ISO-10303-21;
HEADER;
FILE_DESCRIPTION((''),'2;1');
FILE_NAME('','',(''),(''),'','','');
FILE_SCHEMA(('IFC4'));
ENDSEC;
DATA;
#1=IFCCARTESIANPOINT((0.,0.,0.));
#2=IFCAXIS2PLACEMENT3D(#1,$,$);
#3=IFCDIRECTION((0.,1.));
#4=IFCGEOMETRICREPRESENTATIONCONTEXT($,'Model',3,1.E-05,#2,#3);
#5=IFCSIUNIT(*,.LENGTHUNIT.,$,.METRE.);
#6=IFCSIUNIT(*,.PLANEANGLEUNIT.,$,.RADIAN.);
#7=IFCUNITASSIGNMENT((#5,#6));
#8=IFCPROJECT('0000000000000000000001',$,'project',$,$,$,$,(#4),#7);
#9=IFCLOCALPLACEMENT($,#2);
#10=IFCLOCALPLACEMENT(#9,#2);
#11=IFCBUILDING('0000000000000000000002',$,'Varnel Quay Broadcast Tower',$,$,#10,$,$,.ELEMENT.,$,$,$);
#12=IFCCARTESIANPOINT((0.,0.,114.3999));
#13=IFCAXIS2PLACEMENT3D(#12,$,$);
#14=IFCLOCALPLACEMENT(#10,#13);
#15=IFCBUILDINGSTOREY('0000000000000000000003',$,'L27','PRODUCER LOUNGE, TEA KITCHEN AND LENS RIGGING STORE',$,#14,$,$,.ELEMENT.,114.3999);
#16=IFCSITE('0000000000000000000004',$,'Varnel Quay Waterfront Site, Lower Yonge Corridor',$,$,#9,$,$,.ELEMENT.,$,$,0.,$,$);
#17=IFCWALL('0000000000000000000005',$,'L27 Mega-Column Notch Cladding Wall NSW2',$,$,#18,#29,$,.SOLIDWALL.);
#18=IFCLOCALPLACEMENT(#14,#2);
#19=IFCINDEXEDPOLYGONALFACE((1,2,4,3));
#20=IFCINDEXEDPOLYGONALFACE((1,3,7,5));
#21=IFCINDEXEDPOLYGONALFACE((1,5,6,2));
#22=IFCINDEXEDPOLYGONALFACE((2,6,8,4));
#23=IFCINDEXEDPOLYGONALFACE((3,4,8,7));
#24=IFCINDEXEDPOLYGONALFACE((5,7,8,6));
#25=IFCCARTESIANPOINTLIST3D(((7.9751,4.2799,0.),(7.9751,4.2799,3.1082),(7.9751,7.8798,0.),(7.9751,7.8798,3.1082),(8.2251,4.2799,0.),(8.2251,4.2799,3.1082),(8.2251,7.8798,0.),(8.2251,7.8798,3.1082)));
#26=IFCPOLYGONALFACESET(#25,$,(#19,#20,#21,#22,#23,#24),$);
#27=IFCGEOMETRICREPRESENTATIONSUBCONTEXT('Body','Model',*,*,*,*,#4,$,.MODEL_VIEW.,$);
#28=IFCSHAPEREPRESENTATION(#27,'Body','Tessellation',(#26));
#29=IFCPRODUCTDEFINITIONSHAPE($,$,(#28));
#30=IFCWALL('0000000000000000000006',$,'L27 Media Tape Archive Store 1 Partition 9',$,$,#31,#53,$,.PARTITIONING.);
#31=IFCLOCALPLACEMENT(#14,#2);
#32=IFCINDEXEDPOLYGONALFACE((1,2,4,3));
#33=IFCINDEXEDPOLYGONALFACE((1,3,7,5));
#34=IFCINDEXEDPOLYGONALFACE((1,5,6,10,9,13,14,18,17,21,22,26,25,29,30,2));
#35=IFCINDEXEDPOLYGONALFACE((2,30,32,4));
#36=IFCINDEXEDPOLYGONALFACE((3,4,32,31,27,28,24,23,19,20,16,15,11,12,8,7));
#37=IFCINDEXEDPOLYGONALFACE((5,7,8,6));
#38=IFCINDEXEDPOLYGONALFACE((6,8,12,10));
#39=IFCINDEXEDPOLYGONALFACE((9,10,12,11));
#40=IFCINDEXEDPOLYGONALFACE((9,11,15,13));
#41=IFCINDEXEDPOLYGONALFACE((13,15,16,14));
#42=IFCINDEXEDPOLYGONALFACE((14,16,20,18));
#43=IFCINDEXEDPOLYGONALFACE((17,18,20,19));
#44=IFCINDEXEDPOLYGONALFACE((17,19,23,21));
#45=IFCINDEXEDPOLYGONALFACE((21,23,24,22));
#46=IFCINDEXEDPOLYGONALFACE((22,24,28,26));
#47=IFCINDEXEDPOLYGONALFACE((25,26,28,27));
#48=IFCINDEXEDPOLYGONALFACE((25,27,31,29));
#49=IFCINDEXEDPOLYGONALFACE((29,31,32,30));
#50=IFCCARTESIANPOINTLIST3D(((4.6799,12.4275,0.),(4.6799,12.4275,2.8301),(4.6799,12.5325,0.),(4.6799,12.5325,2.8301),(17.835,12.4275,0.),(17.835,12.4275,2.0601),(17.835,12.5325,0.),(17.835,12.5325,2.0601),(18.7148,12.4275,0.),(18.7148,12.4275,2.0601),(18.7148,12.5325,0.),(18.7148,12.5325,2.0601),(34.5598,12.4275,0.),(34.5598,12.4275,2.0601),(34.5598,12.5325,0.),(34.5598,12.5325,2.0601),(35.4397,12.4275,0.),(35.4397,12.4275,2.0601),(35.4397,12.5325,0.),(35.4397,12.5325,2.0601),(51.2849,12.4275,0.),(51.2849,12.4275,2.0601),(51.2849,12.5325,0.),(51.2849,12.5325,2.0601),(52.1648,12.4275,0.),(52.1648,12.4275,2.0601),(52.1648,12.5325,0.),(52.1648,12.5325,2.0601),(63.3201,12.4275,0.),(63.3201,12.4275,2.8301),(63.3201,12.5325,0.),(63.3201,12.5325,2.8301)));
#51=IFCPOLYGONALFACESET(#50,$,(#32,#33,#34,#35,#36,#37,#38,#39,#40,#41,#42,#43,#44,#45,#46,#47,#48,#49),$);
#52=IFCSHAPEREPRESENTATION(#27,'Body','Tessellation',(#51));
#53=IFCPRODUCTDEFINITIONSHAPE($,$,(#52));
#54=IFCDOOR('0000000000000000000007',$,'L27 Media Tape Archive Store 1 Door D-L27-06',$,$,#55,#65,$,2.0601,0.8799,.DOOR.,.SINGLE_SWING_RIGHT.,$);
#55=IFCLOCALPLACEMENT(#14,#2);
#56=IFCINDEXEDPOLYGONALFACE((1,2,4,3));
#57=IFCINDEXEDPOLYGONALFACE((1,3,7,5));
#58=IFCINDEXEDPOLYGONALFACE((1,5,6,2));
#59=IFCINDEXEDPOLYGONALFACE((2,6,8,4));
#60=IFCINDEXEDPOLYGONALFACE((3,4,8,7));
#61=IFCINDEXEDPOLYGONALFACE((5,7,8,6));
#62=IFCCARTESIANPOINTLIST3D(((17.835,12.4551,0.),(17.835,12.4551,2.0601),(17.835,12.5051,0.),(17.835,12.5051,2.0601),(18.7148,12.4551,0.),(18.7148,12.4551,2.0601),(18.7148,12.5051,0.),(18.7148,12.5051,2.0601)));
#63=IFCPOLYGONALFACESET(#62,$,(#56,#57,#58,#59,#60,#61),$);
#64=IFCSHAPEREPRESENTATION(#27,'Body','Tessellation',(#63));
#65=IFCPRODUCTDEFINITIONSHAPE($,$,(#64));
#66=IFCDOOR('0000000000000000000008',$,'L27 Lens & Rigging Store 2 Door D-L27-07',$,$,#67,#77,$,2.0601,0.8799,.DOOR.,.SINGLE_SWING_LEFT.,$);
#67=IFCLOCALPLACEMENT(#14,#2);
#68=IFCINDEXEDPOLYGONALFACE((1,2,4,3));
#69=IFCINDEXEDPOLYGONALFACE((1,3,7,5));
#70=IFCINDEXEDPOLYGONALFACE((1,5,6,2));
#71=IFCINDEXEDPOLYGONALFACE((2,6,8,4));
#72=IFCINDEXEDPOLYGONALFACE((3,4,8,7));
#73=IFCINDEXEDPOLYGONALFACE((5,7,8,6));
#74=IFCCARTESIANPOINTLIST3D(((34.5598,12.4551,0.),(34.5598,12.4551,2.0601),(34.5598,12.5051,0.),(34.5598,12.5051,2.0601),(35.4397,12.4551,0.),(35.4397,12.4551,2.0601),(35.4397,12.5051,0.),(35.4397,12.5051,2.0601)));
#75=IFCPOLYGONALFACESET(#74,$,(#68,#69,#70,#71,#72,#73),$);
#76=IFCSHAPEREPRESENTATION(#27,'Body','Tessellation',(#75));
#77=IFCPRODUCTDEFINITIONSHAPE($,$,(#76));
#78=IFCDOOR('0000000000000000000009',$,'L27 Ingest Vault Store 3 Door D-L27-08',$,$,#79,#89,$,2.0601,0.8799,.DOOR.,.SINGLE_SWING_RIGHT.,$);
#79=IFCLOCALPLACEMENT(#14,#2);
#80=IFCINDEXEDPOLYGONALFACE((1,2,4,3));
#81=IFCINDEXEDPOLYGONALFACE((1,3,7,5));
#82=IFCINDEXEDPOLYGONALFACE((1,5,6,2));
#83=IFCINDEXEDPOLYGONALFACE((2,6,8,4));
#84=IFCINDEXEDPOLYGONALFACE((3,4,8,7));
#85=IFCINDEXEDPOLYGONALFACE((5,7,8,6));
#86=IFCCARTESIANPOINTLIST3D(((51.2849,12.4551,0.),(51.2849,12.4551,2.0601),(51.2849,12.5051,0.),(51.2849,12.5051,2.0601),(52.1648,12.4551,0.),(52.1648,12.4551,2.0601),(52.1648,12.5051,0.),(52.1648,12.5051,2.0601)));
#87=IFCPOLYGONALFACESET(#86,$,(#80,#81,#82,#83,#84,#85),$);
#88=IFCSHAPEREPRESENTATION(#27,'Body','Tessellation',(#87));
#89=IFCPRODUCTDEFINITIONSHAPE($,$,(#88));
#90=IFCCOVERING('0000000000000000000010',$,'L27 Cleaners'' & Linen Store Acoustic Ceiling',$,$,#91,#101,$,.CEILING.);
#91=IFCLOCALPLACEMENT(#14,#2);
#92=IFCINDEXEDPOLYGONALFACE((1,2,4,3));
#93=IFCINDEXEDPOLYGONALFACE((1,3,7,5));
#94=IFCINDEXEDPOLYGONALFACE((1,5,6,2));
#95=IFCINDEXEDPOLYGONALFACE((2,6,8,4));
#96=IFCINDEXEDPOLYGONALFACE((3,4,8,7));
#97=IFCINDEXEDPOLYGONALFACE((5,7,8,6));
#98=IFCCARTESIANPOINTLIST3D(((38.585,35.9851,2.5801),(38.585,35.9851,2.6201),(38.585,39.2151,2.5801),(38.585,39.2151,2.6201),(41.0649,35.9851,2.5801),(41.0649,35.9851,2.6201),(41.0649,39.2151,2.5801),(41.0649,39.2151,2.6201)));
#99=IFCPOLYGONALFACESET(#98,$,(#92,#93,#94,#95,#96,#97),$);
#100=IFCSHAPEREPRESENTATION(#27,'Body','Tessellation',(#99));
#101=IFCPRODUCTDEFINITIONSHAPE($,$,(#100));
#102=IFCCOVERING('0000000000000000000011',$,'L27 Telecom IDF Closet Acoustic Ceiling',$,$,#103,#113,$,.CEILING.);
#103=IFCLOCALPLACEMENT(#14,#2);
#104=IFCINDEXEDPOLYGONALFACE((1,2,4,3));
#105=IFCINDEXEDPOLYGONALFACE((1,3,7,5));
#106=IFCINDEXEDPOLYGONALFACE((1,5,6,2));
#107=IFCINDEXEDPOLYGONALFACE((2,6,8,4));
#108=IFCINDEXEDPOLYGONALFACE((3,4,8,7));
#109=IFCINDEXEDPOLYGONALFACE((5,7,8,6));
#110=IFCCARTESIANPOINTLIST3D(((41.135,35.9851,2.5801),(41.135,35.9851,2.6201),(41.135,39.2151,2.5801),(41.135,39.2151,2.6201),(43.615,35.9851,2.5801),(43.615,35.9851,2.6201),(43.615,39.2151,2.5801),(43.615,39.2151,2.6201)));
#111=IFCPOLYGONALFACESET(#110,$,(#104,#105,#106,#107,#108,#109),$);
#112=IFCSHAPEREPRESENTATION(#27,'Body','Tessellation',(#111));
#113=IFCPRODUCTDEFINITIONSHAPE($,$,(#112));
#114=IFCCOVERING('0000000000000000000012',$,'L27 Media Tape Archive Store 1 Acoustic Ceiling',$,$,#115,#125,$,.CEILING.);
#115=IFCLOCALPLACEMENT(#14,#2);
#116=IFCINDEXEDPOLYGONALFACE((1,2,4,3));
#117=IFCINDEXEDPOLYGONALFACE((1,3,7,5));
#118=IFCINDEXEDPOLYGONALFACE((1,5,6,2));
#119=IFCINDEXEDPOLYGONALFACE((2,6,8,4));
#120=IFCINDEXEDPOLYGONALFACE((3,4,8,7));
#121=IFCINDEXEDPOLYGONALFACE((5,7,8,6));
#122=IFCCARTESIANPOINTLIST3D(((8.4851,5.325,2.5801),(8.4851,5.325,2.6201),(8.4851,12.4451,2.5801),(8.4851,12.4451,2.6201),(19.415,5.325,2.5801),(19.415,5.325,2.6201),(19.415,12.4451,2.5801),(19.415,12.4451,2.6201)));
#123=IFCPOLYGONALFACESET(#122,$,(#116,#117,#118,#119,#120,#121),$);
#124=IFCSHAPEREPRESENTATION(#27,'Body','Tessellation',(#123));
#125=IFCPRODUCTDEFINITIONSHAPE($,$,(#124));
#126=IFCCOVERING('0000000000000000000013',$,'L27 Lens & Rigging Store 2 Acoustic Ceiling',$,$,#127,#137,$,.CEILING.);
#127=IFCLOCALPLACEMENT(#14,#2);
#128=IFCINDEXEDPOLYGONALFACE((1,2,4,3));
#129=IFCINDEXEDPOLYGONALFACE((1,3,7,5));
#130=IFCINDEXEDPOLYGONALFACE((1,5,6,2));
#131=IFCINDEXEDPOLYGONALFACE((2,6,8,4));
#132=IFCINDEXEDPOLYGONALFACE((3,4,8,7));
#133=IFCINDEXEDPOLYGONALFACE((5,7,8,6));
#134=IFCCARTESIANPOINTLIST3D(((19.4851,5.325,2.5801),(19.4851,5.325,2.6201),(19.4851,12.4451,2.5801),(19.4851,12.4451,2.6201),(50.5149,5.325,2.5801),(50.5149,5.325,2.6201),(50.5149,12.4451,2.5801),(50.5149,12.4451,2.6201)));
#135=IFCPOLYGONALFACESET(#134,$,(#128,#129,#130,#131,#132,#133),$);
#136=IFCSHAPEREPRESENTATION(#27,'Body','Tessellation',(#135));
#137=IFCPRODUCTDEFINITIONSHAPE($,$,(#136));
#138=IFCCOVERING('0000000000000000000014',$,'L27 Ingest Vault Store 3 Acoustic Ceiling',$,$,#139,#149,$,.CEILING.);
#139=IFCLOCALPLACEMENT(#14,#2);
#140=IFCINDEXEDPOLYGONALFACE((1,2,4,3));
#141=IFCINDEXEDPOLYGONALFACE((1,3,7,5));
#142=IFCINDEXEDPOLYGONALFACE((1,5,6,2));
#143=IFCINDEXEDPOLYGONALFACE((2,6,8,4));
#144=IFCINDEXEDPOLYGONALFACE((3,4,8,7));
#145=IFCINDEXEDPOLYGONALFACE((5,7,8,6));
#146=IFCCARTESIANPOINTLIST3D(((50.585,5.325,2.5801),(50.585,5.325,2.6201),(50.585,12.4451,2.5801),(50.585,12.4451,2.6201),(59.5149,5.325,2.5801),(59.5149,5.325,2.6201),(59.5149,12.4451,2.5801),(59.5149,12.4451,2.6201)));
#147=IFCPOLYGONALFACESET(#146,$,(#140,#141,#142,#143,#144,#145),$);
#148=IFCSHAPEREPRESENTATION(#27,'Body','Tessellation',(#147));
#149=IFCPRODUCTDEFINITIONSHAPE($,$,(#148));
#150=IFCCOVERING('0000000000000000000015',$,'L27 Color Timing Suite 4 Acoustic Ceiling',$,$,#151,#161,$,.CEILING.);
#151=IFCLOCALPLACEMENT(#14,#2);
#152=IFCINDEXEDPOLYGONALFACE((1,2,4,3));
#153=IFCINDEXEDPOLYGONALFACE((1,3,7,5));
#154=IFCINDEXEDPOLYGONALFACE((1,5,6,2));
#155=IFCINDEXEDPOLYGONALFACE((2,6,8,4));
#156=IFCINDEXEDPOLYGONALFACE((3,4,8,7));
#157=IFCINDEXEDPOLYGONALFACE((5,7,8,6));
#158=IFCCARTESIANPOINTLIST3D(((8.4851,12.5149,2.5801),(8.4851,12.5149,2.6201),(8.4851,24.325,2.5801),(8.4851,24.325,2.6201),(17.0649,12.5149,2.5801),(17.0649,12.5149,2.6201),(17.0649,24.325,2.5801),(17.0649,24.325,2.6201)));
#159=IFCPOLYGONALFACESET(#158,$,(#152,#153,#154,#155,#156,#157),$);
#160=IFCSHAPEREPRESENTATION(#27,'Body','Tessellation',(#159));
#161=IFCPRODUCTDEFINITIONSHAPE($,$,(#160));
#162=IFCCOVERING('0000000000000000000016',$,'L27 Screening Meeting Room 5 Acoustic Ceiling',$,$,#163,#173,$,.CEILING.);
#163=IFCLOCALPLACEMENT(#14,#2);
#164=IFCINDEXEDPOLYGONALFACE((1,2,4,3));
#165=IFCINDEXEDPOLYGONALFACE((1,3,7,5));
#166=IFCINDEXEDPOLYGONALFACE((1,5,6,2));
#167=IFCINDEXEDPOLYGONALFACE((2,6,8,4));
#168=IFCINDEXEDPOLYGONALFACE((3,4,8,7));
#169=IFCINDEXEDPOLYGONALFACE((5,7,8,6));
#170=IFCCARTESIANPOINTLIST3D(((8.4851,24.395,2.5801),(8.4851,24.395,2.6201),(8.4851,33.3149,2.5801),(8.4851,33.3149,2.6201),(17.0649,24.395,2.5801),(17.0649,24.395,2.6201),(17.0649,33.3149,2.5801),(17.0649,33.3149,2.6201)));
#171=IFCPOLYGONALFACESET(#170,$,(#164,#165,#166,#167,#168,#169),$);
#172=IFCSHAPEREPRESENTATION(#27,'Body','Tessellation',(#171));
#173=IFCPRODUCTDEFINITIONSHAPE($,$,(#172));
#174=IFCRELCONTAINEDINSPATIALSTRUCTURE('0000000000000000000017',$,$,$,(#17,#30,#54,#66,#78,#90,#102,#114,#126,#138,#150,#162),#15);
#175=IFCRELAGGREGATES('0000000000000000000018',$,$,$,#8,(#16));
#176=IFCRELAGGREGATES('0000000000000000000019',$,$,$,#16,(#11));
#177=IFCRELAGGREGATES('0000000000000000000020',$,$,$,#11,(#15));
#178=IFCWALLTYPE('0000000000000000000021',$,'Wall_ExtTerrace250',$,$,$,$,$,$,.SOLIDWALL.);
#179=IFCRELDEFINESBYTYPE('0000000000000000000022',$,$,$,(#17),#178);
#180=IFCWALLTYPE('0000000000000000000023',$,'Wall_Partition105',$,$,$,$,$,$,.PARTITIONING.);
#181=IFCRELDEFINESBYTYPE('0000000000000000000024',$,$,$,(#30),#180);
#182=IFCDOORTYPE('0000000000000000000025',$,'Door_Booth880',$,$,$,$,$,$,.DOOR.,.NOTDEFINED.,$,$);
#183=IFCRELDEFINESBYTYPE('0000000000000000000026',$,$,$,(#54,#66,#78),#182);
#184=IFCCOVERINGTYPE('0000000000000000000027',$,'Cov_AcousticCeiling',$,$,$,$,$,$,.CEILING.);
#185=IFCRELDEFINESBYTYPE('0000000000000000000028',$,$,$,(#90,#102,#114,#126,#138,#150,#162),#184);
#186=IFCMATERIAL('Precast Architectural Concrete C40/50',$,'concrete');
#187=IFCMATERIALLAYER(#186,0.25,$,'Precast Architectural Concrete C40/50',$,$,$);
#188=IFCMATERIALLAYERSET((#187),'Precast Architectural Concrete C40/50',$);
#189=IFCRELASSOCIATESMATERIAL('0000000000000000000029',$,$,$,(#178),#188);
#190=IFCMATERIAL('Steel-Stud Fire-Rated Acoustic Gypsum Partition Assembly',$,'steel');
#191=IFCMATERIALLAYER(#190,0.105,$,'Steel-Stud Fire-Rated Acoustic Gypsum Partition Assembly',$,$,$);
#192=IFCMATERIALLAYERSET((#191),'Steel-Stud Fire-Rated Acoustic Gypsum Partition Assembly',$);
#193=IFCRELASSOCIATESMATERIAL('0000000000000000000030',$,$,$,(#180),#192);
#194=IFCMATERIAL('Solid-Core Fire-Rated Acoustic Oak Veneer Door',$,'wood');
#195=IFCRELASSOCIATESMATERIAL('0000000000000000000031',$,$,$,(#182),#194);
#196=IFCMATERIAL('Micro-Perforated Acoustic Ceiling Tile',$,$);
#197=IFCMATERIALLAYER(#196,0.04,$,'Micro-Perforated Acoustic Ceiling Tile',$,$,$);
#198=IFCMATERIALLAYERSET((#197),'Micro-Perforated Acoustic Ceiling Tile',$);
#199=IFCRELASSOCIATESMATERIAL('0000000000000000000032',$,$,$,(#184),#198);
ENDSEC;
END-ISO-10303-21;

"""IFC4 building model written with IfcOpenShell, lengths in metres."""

from ifc_helpers import new_model, si_unit, direction, frame, frame_2d, origin, place, context, subcontext, project, spatial, polyline, rectangle, outline, extrude, source, transform, mapped, material, layer, layer_set, type_object, type_shapes, element, fill, save


model = new_model("IFC4")

# Units and contexts
model_context = context("Model", 3, precision=1e-05, world=origin(), true_north=direction((0.0, 1.0)))
body_context = subcontext(model_context, "Body", "Model", "MODEL_VIEW")
ifc_project = project(units=[si_unit("LENGTHUNIT", "METRE"), si_unit("PLANEANGLEUNIT", "RADIAN")], contexts=[model_context])

# Site, building, storey
site_placement = place(None, origin())
site = spatial("IfcSite", under=ifc_project, at=site_placement, Name="Varnel Quay Waterfront Site, Lower Yonge Corridor", CompositionType="ELEMENT", RefElevation=0.0)
building_placement = place(site_placement, origin())
building = spatial("IfcBuilding", under=site, at=building_placement, Name="Varnel Quay Broadcast Tower", CompositionType="ELEMENT")
storey_placement = place(building_placement, frame((0.0, 0.0, 114.3999)))
storey = spatial("IfcBuildingStorey", under=building, at=storey_placement, Name="L27", Description="PRODUCER LOUNGE, TEA KITCHEN AND LENS RIGGING STORE", CompositionType="ELEMENT", Elevation=114.3999)

# Wall
ifc_material_1 = material(Name="Precast Architectural Concrete C40/50", Category="concrete")
ifc_layer_1 = layer(ifc_material_1, 0.25, Name="Precast Architectural Concrete C40/50")
ifc_layer_set_1 = layer_set([ifc_layer_1], Name="Precast Architectural Concrete C40/50")
wall_type_1 = type_object("IfcWallType", Name="Wall_ExtTerrace250", PredefinedType="SOLIDWALL", material=ifc_layer_set_1)
wall_1_placement = place(storey_placement, frame((8.1001, 4.28, 0.0), z_axis=(0.0, 0.0, 1.0), x_axis=(0.0, 1.0, 0.0)))
element("IfcWall", 1, at=wall_1_placement, inside=storey, type_object=wall_type_1, Name="L27 Mega-Column Notch Cladding Wall NSW2", PredefinedType="SOLIDWALL", context=body_context, shape_type="SweptSolid", body=[
    extrude(rectangle(XDim=3.5999, YDim=0.25, at=frame_2d((1.7998, 0.0))), origin(), (0.0, 0.0, 1.0), 3.1082),
])

# Wall, openings, doors
ifc_material_2 = material(Name="Steel-Stud Fire-Rated Acoustic Gypsum Partition Assembly", Category="steel")
ifc_layer_2 = layer(ifc_material_2, 0.105, Name="Steel-Stud Fire-Rated Acoustic Gypsum Partition Assembly")
ifc_layer_set_2 = layer_set([ifc_layer_2], Name="Steel-Stud Fire-Rated Acoustic Gypsum Partition Assembly")
wall_type_2 = type_object("IfcWallType", Name="Wall_Partition105", PredefinedType="PARTITIONING", material=ifc_layer_set_2)
wall_2_placement = place(storey_placement, frame((4.6799, 12.48, 0.0), z_axis=(0.0, 0.0, 1.0), x_axis=(1.0, 0.0, 0.0)))
wall_2 = element("IfcWall", 2, at=wall_2_placement, inside=storey, type_object=wall_type_2, Name="L27 Media Tape Archive Store 1 Partition 9", PredefinedType="PARTITIONING", context=body_context, shape_type="SweptSolid", body=[
    extrude(rectangle(XDim=58.6401, YDim=0.105, at=frame_2d((29.3201, 0.0))), origin(), (0.0, 0.0, 1.0), 2.8301),
])
opening_1_placement = place(wall_2_placement, frame((13.155, 0.0, 0.0)))
opening_1 = element("IfcOpeningElement", 3, at=opening_1_placement, cuts=wall_2, PredefinedType="OPENING", context=body_context, shape_type="SweptSolid", body=[
    extrude(rectangle(XDim=0.8799, YDim=2.0601, at=frame_2d((0.4399, 1.03))), frame((0.0, 0.0625, 0.0), z_axis=(0.0, -1.0, 0.0), x_axis=(1.0, 0.0, 0.0)), (0.0, 0.0, 1.0), 0.125),
])
opening_2_placement = place(wall_2_placement, frame((29.8799, 0.0, 0.0)))
opening_2 = element("IfcOpeningElement", 4, at=opening_2_placement, cuts=wall_2, PredefinedType="OPENING", context=body_context, shape_type="SweptSolid", body=[
    extrude(rectangle(XDim=0.8799, YDim=2.0601, at=frame_2d((0.4399, 1.03))), frame((0.0, 0.0625, 0.0), z_axis=(0.0, -1.0, 0.0), x_axis=(1.0, 0.0, 0.0)), (0.0, 0.0, 1.0), 0.125),
])
opening_3_placement = place(wall_2_placement, frame((46.605, 0.0, 0.0)))
opening_3 = element("IfcOpeningElement", 5, at=opening_3_placement, cuts=wall_2, PredefinedType="OPENING", context=body_context, shape_type="SweptSolid", body=[
    extrude(rectangle(XDim=0.8799, YDim=2.0601, at=frame_2d((0.4399, 1.03))), frame((0.0, 0.0625, 0.0), z_axis=(0.0, -1.0, 0.0), x_axis=(1.0, 0.0, 0.0)), (0.0, 0.0, 1.0), 0.125),
])
ifc_material_3 = material(Name="Solid-Core Fire-Rated Acoustic Oak Veneer Door", Category="wood")
door_type = type_object("IfcDoorType", Name="Door_Booth880", OperationType="NOTDEFINED", PredefinedType="DOOR", material=ifc_material_3)
shared_shape_1 = source(origin(), body_context, "Body", "SweptSolid", [
    extrude(rectangle(XDim=0.8799, YDim=2.0601, at=frame_2d((0.4399, 1.03))), frame((0.0, 0.0249, 0.0), z_axis=(0.0, -1.0, 0.0), x_axis=(1.0, 0.0, 0.0)), (0.0, 0.0, 1.0), 0.05),
])
type_shapes(door_type, [shared_shape_1])
door_1_placement = place(opening_1_placement, frame((0.8799, 0.0, 0.0), z_axis=(0.0, 0.0, 1.0), x_axis=(-1.0, 0.0, 0.0)))
door_1 = element("IfcDoor", 6, at=door_1_placement, inside=storey, type_object=door_type, Name="L27 Media Tape Archive Store 1 Door D-L27-06", OperationType="SINGLE_SWING_RIGHT", OverallHeight=2.0601, OverallWidth=0.8799, PredefinedType="DOOR", context=body_context, shape_type="MappedRepresentation", body=[
    mapped(shared_shape_1, transform((0.0, 0.0, 0.0), x_axis=(1.0, 0.0, 0.0), y_axis=(0.0, 1.0, 0.0), z_axis=(0.0, 0.0, 1.0), scale=1.0)),
])
fill(opening_1, door_1)
door_2_placement = place(opening_2_placement, frame((0.8799, 0.0, 0.0), z_axis=(0.0, 0.0, 1.0), x_axis=(-1.0, 0.0, 0.0)))
door_2 = element("IfcDoor", 7, at=door_2_placement, inside=storey, type_object=door_type, Name="L27 Lens & Rigging Store 2 Door D-L27-07", OperationType="SINGLE_SWING_LEFT", OverallHeight=2.0601, OverallWidth=0.8799, PredefinedType="DOOR", context=body_context, shape_type="MappedRepresentation", body=[
    mapped(shared_shape_1, transform((0.0, 0.0, 0.0), x_axis=(1.0, 0.0, 0.0), y_axis=(0.0, 1.0, 0.0), z_axis=(0.0, 0.0, 1.0), scale=1.0)),
])
fill(opening_2, door_2)
door_3_placement = place(opening_3_placement, frame((0.8799, 0.0, 0.0), z_axis=(0.0, 0.0, 1.0), x_axis=(-1.0, 0.0, 0.0)))
door_3 = element("IfcDoor", 8, at=door_3_placement, inside=storey, type_object=door_type, Name="L27 Ingest Vault Store 3 Door D-L27-08", OperationType="SINGLE_SWING_RIGHT", OverallHeight=2.0601, OverallWidth=0.8799, PredefinedType="DOOR", context=body_context, shape_type="MappedRepresentation", body=[
    mapped(shared_shape_1, transform((0.0, 0.0, 0.0), x_axis=(1.0, 0.0, 0.0), y_axis=(0.0, 1.0, 0.0), z_axis=(0.0, 0.0, 1.0), scale=1.0)),
])
fill(opening_3, door_3)

# Coverings
ifc_material_4 = material(Name="Micro-Perforated Acoustic Ceiling Tile")
ifc_layer_3 = layer(ifc_material_4, 0.04, Name="Micro-Perforated Acoustic Ceiling Tile")
ifc_layer_set_3 = layer_set([ifc_layer_3], Name="Micro-Perforated Acoustic Ceiling Tile")
covering_type_1 = type_object("IfcCoveringType", Name="Cov_AcousticCeiling", PredefinedType="CEILING", material=ifc_layer_set_3)
covering_1_placement = place(storey_placement, frame((0.0, 0.0, 2.5801)))
element("IfcCovering", 9, at=covering_1_placement, inside=storey, type_object=covering_type_1, Name="L27 Cleaners' & Linen Store Acoustic Ceiling", PredefinedType="CEILING", context=body_context, shape_type="SweptSolid", body=[
    extrude(outline(polyline([(38.585, 35.9851), (41.0649, 35.9851), (41.0649, 39.2151), (38.585, 39.2151), (38.585, 35.9851)])), origin(), (0.0, 0.0, 1.0), 0.04),
])
covering_2_placement = place(storey_placement, frame((0.0, 0.0, 2.5801)))
element("IfcCovering", 10, at=covering_2_placement, inside=storey, type_object=covering_type_1, Name="L27 Telecom IDF Closet Acoustic Ceiling", PredefinedType="CEILING", context=body_context, shape_type="SweptSolid", body=[
    extrude(outline(polyline([(41.135, 35.9851), (43.615, 35.9851), (43.615, 39.2151), (41.135, 39.2151), (41.135, 35.9851)])), origin(), (0.0, 0.0, 1.0), 0.04),
])
covering_3_placement = place(storey_placement, frame((0.0, 0.0, 2.5801)))
element("IfcCovering", 11, at=covering_3_placement, inside=storey, type_object=covering_type_1, Name="L27 Media Tape Archive Store 1 Acoustic Ceiling", PredefinedType="CEILING", context=body_context, shape_type="SweptSolid", body=[
    extrude(outline(polyline([(8.4851, 5.325), (19.415, 5.325), (19.415, 12.4451), (8.4851, 12.4451), (8.4851, 5.325)])), origin(), (0.0, 0.0, 1.0), 0.04),
])
covering_4_placement = place(storey_placement, frame((0.0, 0.0, 2.5801)))
element("IfcCovering", 12, at=covering_4_placement, inside=storey, type_object=covering_type_1, Name="L27 Lens & Rigging Store 2 Acoustic Ceiling", PredefinedType="CEILING", context=body_context, shape_type="SweptSolid", body=[
    extrude(outline(polyline([(19.4851, 5.325), (50.5149, 5.325), (50.5149, 12.4451), (19.4851, 12.4451), (19.4851, 5.325)])), origin(), (0.0, 0.0, 1.0), 0.04),
])
covering_5_placement = place(storey_placement, frame((0.0, 0.0, 2.5801)))
element("IfcCovering", 13, at=covering_5_placement, inside=storey, type_object=covering_type_1, Name="L27 Ingest Vault Store 3 Acoustic Ceiling", PredefinedType="CEILING", context=body_context, shape_type="SweptSolid", body=[
    extrude(outline(polyline([(50.585, 5.325), (59.5149, 5.325), (59.5149, 12.4451), (50.585, 12.4451), (50.585, 5.325)])), origin(), (0.0, 0.0, 1.0), 0.04),
])
covering_6_placement = place(storey_placement, frame((0.0, 0.0, 2.5801)))
element("IfcCovering", 14, at=covering_6_placement, inside=storey, type_object=covering_type_1, Name="L27 Color Timing Suite 4 Acoustic Ceiling", PredefinedType="CEILING", context=body_context, shape_type="SweptSolid", body=[
    extrude(outline(polyline([(8.4851, 12.5149), (17.0649, 12.5149), (17.0649, 24.325), (8.4851, 24.325), (8.4851, 12.5149)])), origin(), (0.0, 0.0, 1.0), 0.04),
])
covering_7_placement = place(storey_placement, frame((0.0, 0.0, 2.5801)))
element("IfcCovering", 15, at=covering_7_placement, inside=storey, type_object=covering_type_1, Name="L27 Screening Meeting Room 5 Acoustic Ceiling", PredefinedType="CEILING", context=body_context, shape_type="SweptSolid", body=[
    extrude(outline(polyline([(8.4851, 24.395), (17.0649, 24.395), (17.0649, 33.3149), (8.4851, 33.3149), (8.4851, 24.395)])), origin(), (0.0, 0.0, 1.0), 0.04),
])

save(model, "model.ifc")
